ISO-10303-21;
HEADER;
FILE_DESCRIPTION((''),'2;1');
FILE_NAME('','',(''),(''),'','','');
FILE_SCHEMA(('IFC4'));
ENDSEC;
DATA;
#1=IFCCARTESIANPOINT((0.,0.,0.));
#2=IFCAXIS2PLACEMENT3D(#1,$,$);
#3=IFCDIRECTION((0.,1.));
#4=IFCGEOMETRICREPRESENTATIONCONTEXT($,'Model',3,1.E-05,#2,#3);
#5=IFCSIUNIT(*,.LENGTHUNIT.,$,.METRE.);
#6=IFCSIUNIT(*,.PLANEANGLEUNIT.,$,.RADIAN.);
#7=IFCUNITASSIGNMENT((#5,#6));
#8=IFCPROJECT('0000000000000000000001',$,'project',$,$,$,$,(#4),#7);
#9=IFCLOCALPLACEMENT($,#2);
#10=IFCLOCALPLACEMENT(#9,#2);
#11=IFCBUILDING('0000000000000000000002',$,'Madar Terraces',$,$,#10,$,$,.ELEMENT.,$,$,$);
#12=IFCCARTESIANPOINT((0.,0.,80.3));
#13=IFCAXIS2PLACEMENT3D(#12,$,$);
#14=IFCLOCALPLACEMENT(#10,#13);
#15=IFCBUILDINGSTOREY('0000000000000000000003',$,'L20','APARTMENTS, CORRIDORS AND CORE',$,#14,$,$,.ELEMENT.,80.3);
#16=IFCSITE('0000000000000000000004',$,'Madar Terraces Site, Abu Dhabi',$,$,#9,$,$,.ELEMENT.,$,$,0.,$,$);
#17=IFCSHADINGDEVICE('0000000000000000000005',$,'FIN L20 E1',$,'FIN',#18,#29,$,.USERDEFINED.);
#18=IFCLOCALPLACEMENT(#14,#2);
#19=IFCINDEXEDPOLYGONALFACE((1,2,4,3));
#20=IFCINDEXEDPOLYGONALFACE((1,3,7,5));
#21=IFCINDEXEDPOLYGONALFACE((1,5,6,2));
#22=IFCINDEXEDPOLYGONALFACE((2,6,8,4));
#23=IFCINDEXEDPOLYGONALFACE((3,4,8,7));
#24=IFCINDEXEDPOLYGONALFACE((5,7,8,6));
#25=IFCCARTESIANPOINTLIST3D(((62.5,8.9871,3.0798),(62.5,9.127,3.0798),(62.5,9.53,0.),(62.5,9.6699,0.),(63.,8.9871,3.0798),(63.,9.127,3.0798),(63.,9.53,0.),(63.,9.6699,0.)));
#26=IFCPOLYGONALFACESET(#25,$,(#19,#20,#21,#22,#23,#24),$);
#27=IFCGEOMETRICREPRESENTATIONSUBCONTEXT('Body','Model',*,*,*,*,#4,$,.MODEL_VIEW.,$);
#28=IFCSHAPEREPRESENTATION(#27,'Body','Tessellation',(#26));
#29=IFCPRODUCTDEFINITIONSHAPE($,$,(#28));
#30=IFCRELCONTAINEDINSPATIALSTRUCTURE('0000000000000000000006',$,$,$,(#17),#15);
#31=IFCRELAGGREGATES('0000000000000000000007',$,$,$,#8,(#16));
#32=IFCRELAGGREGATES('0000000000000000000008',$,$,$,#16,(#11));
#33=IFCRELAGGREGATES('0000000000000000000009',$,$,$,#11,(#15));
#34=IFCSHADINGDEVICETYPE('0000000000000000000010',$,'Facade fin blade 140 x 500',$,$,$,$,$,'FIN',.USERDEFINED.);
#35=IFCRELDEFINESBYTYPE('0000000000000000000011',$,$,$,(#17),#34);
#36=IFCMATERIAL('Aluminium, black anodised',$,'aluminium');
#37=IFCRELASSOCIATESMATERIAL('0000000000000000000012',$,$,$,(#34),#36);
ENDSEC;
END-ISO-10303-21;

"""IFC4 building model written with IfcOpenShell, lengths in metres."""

from ifc_helpers import new_model, si_unit, direction, frame, origin, place, context, subcontext, project, spatial, polyline, outline, extrude, material, type_object, element, save


model = new_model("IFC4")

# Units and contexts
model_context = context("Model", 3, precision=1e-05, world=origin(), true_north=direction((0.0, 1.0)))
body_context = subcontext(model_context, "Body", "Model", "MODEL_VIEW")
ifc_project = project(units=[si_unit("LENGTHUNIT", "METRE"), si_unit("PLANEANGLEUNIT", "RADIAN")], contexts=[model_context])

# Site, building, storey
site_placement = place(None, origin())
site = spatial("IfcSite", under=ifc_project, at=site_placement, Name="Madar Terraces Site, Abu Dhabi", CompositionType="ELEMENT", RefElevation=0.0)
building_placement = place(site_placement, origin())
building = spatial("IfcBuilding", under=site, at=building_placement, Name="Madar Terraces", CompositionType="ELEMENT")
storey_placement = place(building_placement, frame((0.0, 0.0, 80.3)))
storey = spatial("IfcBuildingStorey", under=building, at=storey_placement, Name="L20", Description="APARTMENTS, CORRIDORS AND CORE", CompositionType="ELEMENT", Elevation=80.3)

# Shading device
ifc_material_1 = material(Name="Aluminium, black anodised", Category="aluminium")
shading_device_type = type_object("IfcShadingDeviceType", Name="Facade fin blade 140 x 500", ElementType="FIN", PredefinedType="USERDEFINED", material=ifc_material_1)
shading_device_placement = place(storey_placement, frame((62.75, 9.53, 0.0), z_axis=(0.0, 0.0, 1.0), x_axis=(0.0, 1.0, 0.0)))
element("IfcShadingDevice", 1, at=shading_device_placement, inside=storey, type_object=shading_device_type, Name="FIN L20 E1", ObjectType="FIN", PredefinedType="USERDEFINED", context=body_context, shape_type="SweptSolid", body=[
    extrude(outline(polyline([(0.0, 0.0), (0.1399, 0.0), (-0.4031, 3.0798), (-0.543, 3.0798), (0.0, 0.0)])), frame((0.0, 0.25, 0.0), z_axis=(0.0, -1.0, 0.0), x_axis=(1.0, 0.0, 0.0)), (0.0, 0.0, 1.0), 0.5),
])

save(model, "model.ifc")
